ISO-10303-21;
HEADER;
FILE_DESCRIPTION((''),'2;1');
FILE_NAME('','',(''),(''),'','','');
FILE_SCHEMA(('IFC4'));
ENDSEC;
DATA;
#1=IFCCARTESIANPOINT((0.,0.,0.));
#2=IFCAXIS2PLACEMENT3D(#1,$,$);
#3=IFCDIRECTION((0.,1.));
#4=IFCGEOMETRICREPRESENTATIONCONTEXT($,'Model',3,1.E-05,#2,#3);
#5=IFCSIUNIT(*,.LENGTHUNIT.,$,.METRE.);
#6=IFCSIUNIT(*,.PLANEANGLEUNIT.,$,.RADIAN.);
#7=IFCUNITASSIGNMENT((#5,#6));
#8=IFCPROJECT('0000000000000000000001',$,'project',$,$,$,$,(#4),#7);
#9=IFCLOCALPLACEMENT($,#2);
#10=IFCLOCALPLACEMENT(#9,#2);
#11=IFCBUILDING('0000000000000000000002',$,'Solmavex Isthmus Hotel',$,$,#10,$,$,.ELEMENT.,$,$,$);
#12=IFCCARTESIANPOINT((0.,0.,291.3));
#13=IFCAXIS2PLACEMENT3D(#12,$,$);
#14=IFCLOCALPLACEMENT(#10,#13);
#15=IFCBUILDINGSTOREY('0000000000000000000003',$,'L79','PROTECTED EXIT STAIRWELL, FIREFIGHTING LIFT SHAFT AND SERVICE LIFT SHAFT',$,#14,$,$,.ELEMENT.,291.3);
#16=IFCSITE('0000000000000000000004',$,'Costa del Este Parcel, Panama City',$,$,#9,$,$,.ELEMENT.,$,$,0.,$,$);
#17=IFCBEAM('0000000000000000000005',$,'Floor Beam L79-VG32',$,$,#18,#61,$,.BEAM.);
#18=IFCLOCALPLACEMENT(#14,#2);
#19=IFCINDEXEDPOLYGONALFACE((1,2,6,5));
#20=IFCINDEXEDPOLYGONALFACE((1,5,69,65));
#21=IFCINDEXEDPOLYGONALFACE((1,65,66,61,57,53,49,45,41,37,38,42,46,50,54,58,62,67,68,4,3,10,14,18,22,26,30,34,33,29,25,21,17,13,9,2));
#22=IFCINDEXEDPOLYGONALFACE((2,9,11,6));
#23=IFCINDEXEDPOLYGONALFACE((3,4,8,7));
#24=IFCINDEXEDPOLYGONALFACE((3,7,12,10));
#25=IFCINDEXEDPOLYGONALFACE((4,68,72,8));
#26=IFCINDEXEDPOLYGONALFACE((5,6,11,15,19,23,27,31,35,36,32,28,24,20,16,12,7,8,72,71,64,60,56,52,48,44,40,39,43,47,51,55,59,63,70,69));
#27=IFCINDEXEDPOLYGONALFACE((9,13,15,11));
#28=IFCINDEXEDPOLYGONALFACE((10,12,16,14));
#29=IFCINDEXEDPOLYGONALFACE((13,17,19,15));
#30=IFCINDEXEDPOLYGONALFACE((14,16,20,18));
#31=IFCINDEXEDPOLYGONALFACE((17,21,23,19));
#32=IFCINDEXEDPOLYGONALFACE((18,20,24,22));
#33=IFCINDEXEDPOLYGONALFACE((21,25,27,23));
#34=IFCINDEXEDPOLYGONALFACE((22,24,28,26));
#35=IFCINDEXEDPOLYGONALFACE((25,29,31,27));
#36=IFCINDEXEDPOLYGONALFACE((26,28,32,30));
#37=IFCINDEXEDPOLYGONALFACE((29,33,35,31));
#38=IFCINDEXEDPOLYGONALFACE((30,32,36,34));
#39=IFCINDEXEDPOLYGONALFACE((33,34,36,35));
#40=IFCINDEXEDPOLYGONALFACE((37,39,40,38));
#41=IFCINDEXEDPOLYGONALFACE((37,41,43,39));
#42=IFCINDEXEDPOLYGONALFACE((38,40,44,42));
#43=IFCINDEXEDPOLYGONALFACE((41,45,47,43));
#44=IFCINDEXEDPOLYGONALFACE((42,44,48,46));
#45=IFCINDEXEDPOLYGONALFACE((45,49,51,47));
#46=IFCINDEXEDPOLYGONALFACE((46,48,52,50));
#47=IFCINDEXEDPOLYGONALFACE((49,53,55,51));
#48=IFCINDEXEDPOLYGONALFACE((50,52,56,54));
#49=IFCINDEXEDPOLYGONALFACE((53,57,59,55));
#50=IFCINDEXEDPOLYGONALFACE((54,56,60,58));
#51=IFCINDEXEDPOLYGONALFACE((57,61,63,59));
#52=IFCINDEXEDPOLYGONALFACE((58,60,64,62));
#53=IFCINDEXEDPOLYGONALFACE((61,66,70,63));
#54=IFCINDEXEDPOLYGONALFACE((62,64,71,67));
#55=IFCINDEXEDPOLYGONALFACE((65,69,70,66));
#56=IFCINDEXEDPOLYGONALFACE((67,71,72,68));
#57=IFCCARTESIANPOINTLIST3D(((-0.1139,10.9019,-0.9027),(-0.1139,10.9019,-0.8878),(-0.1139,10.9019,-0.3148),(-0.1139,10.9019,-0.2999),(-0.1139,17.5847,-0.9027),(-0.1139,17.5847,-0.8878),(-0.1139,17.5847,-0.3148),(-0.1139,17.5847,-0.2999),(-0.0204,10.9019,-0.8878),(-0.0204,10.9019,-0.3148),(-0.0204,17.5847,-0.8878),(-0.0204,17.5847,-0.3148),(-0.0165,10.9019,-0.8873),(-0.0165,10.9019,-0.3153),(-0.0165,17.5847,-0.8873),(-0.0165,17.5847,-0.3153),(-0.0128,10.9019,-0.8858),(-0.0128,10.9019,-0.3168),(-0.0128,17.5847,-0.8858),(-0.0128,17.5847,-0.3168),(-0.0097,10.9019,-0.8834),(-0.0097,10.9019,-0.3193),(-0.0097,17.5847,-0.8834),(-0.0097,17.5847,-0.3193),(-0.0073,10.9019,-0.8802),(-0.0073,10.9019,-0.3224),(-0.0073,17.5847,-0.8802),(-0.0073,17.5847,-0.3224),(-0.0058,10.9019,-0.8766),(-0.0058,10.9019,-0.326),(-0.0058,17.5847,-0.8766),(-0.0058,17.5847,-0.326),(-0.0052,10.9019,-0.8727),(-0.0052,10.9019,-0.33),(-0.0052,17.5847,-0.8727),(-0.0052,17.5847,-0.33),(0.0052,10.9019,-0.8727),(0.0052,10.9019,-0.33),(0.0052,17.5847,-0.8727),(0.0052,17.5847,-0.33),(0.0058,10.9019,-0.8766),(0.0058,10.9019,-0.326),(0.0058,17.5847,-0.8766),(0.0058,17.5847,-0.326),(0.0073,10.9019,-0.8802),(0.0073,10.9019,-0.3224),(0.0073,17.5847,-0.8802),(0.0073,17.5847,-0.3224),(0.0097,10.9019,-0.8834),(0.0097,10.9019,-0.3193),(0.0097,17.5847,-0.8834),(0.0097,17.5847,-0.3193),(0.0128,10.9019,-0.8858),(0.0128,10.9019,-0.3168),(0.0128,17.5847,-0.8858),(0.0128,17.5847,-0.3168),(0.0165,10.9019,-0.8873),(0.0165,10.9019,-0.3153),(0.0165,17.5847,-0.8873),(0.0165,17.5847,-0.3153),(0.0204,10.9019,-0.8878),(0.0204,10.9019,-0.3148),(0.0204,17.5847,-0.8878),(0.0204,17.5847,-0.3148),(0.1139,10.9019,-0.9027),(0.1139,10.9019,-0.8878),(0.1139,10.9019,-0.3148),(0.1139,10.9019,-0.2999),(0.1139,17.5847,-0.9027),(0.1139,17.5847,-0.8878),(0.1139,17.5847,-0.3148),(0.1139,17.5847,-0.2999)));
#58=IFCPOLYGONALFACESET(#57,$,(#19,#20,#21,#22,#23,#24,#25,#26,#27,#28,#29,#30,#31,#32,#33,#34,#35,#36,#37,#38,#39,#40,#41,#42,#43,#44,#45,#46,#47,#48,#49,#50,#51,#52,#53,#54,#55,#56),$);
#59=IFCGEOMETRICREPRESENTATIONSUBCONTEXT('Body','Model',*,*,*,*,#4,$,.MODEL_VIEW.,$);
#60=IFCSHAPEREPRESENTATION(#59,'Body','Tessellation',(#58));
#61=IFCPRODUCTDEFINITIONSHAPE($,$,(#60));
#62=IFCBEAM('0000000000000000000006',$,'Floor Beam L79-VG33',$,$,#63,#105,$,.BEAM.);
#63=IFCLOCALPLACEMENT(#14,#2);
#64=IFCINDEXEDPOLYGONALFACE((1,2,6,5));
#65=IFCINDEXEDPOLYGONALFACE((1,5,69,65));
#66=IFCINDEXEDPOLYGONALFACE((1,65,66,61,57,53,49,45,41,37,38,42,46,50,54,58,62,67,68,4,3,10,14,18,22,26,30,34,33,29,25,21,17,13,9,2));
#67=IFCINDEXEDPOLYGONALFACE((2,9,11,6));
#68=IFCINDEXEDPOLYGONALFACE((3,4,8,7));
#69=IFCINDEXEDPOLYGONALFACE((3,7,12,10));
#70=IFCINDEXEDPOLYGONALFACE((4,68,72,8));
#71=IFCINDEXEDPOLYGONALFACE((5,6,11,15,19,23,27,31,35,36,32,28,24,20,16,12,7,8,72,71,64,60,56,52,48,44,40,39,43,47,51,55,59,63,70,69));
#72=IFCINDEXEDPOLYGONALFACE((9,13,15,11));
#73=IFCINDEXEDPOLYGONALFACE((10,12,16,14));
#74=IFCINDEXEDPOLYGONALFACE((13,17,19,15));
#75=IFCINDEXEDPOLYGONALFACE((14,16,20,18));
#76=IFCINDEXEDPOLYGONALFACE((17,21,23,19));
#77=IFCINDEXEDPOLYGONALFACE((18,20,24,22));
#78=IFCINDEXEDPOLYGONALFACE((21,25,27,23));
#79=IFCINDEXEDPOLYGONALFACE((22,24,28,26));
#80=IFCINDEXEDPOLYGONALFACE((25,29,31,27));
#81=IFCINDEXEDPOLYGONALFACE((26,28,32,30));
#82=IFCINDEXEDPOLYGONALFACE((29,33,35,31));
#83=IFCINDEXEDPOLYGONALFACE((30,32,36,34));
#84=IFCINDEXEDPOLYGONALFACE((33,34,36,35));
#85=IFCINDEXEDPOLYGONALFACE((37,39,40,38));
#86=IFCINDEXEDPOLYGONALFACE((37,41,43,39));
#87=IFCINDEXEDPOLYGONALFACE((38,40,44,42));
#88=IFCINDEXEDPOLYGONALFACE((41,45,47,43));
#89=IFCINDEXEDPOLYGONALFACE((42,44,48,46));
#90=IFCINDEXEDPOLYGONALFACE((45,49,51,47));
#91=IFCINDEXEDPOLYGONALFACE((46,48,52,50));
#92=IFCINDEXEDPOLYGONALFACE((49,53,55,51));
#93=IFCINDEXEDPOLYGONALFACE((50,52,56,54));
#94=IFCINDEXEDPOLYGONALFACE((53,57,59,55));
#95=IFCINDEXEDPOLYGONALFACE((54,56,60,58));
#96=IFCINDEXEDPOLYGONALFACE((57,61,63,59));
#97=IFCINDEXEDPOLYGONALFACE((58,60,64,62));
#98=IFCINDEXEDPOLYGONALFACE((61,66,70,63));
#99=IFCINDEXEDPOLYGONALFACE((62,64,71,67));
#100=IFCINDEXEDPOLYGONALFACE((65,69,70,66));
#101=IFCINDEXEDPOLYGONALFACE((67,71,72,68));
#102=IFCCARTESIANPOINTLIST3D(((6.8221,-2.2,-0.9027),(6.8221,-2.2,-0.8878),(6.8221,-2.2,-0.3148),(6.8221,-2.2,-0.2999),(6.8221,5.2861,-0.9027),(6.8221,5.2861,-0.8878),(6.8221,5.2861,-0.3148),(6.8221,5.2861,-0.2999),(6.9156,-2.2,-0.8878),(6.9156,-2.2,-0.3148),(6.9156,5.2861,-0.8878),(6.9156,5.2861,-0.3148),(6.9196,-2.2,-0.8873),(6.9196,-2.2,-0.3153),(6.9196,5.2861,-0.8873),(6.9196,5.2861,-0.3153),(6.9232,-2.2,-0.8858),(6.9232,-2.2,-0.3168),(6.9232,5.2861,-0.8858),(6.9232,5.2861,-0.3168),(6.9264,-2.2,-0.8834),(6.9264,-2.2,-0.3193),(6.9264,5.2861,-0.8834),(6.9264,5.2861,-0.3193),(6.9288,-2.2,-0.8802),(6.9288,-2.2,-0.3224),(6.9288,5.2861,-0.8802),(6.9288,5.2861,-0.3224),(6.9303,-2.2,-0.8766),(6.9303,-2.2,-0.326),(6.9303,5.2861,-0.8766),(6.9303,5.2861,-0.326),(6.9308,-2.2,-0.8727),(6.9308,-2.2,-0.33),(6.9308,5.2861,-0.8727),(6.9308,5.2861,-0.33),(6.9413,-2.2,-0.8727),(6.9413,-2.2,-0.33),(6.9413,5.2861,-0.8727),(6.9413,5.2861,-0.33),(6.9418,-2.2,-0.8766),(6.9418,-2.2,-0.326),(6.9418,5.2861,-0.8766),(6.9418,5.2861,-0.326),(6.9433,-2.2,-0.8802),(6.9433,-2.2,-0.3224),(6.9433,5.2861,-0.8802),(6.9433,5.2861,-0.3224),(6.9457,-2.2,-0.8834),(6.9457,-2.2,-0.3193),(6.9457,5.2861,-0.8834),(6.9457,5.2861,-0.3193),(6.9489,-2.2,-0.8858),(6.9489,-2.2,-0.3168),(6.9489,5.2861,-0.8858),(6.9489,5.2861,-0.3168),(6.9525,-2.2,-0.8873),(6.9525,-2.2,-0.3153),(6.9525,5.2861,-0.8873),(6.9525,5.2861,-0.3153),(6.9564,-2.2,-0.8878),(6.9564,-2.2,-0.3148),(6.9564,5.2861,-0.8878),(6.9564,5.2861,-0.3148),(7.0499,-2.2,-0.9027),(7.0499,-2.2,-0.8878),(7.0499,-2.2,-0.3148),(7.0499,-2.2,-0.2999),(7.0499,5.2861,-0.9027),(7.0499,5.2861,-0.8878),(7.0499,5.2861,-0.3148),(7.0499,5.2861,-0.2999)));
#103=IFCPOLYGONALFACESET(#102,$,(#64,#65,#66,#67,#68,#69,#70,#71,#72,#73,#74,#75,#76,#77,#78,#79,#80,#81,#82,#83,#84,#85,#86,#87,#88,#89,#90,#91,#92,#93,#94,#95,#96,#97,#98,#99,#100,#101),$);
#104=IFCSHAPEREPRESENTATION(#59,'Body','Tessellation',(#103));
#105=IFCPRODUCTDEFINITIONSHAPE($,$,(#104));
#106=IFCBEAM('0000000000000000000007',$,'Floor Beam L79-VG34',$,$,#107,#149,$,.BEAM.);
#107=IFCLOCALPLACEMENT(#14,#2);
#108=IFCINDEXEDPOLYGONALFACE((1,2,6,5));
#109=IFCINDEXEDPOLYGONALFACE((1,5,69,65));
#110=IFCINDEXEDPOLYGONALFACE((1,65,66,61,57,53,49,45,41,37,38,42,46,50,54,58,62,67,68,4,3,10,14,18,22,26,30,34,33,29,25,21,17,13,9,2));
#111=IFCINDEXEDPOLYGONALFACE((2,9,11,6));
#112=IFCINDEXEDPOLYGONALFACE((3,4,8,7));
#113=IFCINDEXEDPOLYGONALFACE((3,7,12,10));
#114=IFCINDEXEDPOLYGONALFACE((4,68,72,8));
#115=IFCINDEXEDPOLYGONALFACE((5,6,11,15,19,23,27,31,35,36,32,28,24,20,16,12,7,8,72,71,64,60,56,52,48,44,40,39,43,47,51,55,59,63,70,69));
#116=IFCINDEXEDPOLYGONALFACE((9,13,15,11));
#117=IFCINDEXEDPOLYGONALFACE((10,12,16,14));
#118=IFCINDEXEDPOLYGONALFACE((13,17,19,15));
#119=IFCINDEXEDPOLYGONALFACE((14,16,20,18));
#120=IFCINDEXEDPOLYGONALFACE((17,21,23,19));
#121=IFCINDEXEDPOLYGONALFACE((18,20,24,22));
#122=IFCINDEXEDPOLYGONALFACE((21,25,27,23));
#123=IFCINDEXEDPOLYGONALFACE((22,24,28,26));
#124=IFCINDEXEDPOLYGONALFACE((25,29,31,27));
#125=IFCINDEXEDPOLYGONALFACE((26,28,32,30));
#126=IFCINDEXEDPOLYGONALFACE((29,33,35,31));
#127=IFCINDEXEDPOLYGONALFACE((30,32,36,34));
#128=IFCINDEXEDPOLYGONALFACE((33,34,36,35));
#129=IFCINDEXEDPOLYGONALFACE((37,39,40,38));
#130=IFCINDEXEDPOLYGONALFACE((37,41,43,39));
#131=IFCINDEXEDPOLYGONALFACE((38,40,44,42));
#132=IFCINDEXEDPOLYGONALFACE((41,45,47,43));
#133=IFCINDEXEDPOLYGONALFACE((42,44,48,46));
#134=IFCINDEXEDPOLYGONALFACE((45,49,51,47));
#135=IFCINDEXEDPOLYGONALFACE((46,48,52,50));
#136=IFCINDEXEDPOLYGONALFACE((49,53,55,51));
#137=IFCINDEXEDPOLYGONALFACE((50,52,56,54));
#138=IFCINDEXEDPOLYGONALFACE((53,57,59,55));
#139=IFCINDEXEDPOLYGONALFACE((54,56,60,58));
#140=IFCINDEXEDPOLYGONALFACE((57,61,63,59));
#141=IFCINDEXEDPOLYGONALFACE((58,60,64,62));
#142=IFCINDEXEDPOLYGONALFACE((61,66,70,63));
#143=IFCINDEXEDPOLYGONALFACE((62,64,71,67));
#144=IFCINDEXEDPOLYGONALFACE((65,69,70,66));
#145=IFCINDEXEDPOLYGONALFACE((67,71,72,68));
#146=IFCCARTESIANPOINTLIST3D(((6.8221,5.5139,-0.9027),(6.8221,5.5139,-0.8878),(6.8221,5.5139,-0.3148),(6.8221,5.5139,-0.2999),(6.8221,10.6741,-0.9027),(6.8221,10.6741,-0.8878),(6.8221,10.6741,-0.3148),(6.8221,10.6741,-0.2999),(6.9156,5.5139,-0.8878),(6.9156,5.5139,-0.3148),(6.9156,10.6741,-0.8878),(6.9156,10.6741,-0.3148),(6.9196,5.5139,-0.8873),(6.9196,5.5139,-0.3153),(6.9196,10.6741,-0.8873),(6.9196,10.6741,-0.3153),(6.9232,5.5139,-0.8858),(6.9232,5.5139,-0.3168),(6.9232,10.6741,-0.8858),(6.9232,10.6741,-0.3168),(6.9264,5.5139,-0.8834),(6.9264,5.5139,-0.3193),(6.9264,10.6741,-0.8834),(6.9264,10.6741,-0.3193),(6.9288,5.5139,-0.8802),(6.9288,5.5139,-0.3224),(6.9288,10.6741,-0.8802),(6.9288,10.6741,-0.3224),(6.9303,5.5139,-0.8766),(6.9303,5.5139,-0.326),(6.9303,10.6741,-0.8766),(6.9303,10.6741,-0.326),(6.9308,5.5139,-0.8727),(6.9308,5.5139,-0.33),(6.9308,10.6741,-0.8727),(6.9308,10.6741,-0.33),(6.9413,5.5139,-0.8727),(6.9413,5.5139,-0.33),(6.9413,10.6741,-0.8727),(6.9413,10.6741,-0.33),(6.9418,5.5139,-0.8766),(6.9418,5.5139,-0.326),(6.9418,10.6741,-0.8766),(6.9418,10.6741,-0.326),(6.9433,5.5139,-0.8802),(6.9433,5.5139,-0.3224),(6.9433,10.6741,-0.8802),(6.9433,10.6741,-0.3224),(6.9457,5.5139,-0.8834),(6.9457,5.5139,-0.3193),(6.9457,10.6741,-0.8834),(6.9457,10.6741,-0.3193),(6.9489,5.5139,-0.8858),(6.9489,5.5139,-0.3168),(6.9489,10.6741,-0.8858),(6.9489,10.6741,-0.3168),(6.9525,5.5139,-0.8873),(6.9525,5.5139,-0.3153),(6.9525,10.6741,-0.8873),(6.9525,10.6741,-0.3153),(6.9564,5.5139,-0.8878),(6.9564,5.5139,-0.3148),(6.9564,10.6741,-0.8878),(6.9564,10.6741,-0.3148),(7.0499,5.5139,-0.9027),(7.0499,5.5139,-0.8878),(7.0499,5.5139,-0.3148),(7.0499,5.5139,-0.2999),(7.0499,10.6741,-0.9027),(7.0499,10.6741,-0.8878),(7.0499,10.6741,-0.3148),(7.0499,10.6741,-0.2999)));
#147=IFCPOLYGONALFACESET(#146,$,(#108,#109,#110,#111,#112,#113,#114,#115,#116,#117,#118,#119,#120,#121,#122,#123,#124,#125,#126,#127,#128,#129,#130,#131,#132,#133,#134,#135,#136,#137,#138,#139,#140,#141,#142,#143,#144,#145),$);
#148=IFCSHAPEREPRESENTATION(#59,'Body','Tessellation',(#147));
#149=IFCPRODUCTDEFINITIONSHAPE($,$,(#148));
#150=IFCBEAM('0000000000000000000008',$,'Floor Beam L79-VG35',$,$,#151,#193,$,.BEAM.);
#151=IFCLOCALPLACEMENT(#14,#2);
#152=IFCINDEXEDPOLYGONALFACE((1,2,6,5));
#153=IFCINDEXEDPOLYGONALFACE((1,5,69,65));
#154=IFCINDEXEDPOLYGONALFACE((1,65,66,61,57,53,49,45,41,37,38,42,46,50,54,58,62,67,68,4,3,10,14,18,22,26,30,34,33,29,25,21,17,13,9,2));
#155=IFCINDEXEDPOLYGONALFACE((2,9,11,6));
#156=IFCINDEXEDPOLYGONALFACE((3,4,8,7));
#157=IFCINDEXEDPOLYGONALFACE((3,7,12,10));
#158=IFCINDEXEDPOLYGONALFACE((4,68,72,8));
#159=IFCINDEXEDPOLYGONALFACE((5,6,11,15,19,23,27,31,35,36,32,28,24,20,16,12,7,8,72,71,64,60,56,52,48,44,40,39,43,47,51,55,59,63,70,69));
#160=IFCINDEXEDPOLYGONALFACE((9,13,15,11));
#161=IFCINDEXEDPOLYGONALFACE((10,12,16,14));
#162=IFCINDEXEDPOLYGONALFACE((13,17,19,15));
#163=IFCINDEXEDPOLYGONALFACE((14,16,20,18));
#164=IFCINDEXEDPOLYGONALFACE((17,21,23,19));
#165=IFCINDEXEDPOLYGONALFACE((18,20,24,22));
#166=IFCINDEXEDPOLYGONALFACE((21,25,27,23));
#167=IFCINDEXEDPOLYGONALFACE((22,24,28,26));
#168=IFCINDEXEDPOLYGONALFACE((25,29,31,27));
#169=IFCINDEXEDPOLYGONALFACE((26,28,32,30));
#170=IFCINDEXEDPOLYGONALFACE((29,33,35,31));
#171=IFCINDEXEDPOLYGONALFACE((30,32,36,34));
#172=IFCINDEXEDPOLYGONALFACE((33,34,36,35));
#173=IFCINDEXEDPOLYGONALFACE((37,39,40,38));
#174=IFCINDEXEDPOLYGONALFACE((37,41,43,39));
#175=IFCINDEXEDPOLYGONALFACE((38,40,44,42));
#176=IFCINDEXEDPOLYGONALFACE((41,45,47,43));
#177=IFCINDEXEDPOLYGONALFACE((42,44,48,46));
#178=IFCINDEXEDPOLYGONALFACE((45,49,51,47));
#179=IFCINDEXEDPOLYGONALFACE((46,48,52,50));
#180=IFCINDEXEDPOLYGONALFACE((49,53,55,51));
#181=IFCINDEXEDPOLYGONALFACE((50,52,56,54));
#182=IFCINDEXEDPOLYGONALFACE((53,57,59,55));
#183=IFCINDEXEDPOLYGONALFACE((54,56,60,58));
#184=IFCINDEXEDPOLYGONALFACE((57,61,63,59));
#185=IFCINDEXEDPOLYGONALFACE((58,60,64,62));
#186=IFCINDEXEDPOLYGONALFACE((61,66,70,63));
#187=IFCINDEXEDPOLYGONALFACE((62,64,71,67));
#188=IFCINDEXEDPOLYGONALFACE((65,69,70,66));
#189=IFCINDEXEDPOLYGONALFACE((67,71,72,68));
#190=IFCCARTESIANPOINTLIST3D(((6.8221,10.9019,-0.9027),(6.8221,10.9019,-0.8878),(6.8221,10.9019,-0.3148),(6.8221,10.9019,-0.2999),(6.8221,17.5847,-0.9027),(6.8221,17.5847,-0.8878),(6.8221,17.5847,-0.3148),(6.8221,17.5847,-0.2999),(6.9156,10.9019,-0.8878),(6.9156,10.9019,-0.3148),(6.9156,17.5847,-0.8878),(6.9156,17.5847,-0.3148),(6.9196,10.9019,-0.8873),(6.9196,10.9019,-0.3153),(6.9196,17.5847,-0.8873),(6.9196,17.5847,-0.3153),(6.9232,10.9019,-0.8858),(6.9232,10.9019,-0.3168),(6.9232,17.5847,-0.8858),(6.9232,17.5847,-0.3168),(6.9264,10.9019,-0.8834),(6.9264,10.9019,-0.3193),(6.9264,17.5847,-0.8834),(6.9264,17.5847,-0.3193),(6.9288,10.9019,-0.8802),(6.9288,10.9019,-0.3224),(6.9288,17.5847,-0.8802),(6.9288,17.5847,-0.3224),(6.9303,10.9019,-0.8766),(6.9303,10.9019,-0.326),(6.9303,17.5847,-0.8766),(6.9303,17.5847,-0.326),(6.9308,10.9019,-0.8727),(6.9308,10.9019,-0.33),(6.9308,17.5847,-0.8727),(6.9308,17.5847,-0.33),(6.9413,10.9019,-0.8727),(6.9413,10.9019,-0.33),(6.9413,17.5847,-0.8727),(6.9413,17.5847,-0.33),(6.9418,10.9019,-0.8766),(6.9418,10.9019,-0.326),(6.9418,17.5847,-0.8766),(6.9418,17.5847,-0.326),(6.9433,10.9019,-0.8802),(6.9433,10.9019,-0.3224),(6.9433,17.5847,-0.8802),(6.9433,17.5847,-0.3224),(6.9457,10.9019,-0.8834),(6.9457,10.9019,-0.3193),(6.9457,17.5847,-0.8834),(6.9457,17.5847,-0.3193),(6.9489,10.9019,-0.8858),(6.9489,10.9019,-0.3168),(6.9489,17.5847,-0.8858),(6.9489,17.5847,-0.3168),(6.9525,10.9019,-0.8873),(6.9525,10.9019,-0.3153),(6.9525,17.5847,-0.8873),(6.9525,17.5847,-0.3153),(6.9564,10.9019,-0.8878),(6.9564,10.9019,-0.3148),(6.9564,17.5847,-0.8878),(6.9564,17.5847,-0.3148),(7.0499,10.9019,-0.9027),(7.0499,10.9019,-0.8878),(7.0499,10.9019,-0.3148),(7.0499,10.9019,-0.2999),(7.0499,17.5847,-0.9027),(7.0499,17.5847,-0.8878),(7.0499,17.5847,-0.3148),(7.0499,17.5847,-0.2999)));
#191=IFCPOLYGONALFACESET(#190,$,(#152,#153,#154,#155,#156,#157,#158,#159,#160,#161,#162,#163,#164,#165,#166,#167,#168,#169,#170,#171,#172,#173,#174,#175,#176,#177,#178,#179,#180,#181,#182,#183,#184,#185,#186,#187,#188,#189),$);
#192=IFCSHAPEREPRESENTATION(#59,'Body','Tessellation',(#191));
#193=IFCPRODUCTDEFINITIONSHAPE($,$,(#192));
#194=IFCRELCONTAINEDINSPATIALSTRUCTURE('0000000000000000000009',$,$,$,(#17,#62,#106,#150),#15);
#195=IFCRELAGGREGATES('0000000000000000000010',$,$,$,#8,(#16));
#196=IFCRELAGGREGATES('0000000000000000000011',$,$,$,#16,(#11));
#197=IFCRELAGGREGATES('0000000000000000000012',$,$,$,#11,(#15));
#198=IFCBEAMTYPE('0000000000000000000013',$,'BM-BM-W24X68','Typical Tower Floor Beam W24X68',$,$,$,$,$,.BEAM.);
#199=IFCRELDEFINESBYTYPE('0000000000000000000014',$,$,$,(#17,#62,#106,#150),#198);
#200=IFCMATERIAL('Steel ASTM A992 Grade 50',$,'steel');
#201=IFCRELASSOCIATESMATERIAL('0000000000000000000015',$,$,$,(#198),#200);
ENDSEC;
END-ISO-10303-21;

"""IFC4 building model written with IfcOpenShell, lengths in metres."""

from ifc_helpers import new_model, si_unit, direction, frame, origin, origin_2d, place, context, subcontext, project, spatial, i_section, extrude, material, material_profile, profile_set, type_object, element, save


model = new_model("IFC4")

# Units and contexts
model_context = context("Model", 3, precision=1e-05, world=origin(), true_north=direction((0.0, 1.0)))
body_context = subcontext(model_context, "Body", "Model", "MODEL_VIEW")
ifc_project = project(units=[si_unit("LENGTHUNIT", "METRE"), si_unit("PLANEANGLEUNIT", "RADIAN")], contexts=[model_context])

# Site, building, storey
site_placement = place(None, origin())
site = spatial("IfcSite", under=ifc_project, at=site_placement, Name="Costa del Este Parcel, Panama City", CompositionType="ELEMENT", RefElevation=0.0)
building_placement = place(site_placement, origin())
building = spatial("IfcBuilding", under=site, at=building_placement, Name="Solmavex Isthmus Hotel", CompositionType="ELEMENT")
storey_placement = place(building_placement, frame((0.0, 0.0, 291.3)))
storey = spatial("IfcBuildingStorey", under=building, at=storey_placement, Name="L79", Description="PROTECTED EXIT STAIRWELL, FIREFIGHTING LIFT SHAFT AND SERVICE LIFT SHAFT", CompositionType="ELEMENT", Elevation=291.3)

# Beams
ifc_material_1 = material(Name="Steel ASTM A992 Grade 50", Category="steel")
ifc_material_profile_1 = material_profile(ifc_material_1, i_section(OverallWidth=0.2278, OverallDepth=0.6028, WebThickness=0.0105, FlangeThickness=0.0149, FilletRadius=0.0151, at=origin_2d()), Name="W24X68")
ifc_profile_set_1 = profile_set([ifc_material_profile_1], Name="Steel ASTM A992 Grade 50")
beam_type_1 = type_object("IfcBeamType", Name="BM-BM-W24X68", Description="Typical Tower Floor Beam W24X68", PredefinedType="BEAM", material=ifc_profile_set_1)
beam_1_placement = place(storey_placement, frame((0.0, 10.9019, -0.6013), z_axis=(0.0, 1.0, 0.0), x_axis=(-1.0, 0.0, 0.0)))
element("IfcBeam", 1, at=beam_1_placement, inside=storey, type_object=beam_type_1, Name="Floor Beam L79-VG32", PredefinedType="BEAM", context=body_context, shape_type="SweptSolid", body=[
    extrude(i_section(OverallWidth=0.2278, OverallDepth=0.6028, WebThickness=0.0105, FlangeThickness=0.0149, FilletRadius=0.0151, at=origin_2d()), origin(), (0.0, 0.0, 1.0), 6.6829),
])
beam_2_placement = place(storey_placement, frame((6.936, -2.2, -0.6013), z_axis=(0.0, 1.0, 0.0), x_axis=(-1.0, 0.0, 0.0)))
element("IfcBeam", 2, at=beam_2_placement, inside=storey, type_object=beam_type_1, Name="Floor Beam L79-VG33", PredefinedType="BEAM", context=body_context, shape_type="SweptSolid", body=[
    extrude(i_section(OverallWidth=0.2278, OverallDepth=0.6028, WebThickness=0.0105, FlangeThickness=0.0149, FilletRadius=0.0151, at=origin_2d()), origin(), (0.0, 0.0, 1.0), 7.4861),
])
beam_3_placement = place(storey_placement, frame((6.936, 5.5139, -0.6013), z_axis=(0.0, 1.0, 0.0), x_axis=(-1.0, 0.0, 0.0)))
element("IfcBeam", 3, at=beam_3_placement, inside=storey, type_object=beam_type_1, Name="Floor Beam L79-VG34", PredefinedType="BEAM", context=body_context, shape_type="SweptSolid", body=[
    extrude(i_section(OverallWidth=0.2278, OverallDepth=0.6028, WebThickness=0.0105, FlangeThickness=0.0149, FilletRadius=0.0151, at=origin_2d()), origin(), (0.0, 0.0, 1.0), 5.1602),
])
beam_4_placement = place(storey_placement, frame((6.936, 10.9019, -0.6013), z_axis=(0.0, 1.0, 0.0), x_axis=(-1.0, 0.0, 0.0)))
element("IfcBeam", 4, at=beam_4_placement, inside=storey, type_object=beam_type_1, Name="Floor Beam L79-VG35", PredefinedType="BEAM", context=body_context, shape_type="SweptSolid", body=[
    extrude(i_section(OverallWidth=0.2278, OverallDepth=0.6028, WebThickness=0.0105, FlangeThickness=0.0149, FilletRadius=0.0151, at=origin_2d()), origin(), (0.0, 0.0, 1.0), 6.6829),
])

save(model, "model.ifc")
